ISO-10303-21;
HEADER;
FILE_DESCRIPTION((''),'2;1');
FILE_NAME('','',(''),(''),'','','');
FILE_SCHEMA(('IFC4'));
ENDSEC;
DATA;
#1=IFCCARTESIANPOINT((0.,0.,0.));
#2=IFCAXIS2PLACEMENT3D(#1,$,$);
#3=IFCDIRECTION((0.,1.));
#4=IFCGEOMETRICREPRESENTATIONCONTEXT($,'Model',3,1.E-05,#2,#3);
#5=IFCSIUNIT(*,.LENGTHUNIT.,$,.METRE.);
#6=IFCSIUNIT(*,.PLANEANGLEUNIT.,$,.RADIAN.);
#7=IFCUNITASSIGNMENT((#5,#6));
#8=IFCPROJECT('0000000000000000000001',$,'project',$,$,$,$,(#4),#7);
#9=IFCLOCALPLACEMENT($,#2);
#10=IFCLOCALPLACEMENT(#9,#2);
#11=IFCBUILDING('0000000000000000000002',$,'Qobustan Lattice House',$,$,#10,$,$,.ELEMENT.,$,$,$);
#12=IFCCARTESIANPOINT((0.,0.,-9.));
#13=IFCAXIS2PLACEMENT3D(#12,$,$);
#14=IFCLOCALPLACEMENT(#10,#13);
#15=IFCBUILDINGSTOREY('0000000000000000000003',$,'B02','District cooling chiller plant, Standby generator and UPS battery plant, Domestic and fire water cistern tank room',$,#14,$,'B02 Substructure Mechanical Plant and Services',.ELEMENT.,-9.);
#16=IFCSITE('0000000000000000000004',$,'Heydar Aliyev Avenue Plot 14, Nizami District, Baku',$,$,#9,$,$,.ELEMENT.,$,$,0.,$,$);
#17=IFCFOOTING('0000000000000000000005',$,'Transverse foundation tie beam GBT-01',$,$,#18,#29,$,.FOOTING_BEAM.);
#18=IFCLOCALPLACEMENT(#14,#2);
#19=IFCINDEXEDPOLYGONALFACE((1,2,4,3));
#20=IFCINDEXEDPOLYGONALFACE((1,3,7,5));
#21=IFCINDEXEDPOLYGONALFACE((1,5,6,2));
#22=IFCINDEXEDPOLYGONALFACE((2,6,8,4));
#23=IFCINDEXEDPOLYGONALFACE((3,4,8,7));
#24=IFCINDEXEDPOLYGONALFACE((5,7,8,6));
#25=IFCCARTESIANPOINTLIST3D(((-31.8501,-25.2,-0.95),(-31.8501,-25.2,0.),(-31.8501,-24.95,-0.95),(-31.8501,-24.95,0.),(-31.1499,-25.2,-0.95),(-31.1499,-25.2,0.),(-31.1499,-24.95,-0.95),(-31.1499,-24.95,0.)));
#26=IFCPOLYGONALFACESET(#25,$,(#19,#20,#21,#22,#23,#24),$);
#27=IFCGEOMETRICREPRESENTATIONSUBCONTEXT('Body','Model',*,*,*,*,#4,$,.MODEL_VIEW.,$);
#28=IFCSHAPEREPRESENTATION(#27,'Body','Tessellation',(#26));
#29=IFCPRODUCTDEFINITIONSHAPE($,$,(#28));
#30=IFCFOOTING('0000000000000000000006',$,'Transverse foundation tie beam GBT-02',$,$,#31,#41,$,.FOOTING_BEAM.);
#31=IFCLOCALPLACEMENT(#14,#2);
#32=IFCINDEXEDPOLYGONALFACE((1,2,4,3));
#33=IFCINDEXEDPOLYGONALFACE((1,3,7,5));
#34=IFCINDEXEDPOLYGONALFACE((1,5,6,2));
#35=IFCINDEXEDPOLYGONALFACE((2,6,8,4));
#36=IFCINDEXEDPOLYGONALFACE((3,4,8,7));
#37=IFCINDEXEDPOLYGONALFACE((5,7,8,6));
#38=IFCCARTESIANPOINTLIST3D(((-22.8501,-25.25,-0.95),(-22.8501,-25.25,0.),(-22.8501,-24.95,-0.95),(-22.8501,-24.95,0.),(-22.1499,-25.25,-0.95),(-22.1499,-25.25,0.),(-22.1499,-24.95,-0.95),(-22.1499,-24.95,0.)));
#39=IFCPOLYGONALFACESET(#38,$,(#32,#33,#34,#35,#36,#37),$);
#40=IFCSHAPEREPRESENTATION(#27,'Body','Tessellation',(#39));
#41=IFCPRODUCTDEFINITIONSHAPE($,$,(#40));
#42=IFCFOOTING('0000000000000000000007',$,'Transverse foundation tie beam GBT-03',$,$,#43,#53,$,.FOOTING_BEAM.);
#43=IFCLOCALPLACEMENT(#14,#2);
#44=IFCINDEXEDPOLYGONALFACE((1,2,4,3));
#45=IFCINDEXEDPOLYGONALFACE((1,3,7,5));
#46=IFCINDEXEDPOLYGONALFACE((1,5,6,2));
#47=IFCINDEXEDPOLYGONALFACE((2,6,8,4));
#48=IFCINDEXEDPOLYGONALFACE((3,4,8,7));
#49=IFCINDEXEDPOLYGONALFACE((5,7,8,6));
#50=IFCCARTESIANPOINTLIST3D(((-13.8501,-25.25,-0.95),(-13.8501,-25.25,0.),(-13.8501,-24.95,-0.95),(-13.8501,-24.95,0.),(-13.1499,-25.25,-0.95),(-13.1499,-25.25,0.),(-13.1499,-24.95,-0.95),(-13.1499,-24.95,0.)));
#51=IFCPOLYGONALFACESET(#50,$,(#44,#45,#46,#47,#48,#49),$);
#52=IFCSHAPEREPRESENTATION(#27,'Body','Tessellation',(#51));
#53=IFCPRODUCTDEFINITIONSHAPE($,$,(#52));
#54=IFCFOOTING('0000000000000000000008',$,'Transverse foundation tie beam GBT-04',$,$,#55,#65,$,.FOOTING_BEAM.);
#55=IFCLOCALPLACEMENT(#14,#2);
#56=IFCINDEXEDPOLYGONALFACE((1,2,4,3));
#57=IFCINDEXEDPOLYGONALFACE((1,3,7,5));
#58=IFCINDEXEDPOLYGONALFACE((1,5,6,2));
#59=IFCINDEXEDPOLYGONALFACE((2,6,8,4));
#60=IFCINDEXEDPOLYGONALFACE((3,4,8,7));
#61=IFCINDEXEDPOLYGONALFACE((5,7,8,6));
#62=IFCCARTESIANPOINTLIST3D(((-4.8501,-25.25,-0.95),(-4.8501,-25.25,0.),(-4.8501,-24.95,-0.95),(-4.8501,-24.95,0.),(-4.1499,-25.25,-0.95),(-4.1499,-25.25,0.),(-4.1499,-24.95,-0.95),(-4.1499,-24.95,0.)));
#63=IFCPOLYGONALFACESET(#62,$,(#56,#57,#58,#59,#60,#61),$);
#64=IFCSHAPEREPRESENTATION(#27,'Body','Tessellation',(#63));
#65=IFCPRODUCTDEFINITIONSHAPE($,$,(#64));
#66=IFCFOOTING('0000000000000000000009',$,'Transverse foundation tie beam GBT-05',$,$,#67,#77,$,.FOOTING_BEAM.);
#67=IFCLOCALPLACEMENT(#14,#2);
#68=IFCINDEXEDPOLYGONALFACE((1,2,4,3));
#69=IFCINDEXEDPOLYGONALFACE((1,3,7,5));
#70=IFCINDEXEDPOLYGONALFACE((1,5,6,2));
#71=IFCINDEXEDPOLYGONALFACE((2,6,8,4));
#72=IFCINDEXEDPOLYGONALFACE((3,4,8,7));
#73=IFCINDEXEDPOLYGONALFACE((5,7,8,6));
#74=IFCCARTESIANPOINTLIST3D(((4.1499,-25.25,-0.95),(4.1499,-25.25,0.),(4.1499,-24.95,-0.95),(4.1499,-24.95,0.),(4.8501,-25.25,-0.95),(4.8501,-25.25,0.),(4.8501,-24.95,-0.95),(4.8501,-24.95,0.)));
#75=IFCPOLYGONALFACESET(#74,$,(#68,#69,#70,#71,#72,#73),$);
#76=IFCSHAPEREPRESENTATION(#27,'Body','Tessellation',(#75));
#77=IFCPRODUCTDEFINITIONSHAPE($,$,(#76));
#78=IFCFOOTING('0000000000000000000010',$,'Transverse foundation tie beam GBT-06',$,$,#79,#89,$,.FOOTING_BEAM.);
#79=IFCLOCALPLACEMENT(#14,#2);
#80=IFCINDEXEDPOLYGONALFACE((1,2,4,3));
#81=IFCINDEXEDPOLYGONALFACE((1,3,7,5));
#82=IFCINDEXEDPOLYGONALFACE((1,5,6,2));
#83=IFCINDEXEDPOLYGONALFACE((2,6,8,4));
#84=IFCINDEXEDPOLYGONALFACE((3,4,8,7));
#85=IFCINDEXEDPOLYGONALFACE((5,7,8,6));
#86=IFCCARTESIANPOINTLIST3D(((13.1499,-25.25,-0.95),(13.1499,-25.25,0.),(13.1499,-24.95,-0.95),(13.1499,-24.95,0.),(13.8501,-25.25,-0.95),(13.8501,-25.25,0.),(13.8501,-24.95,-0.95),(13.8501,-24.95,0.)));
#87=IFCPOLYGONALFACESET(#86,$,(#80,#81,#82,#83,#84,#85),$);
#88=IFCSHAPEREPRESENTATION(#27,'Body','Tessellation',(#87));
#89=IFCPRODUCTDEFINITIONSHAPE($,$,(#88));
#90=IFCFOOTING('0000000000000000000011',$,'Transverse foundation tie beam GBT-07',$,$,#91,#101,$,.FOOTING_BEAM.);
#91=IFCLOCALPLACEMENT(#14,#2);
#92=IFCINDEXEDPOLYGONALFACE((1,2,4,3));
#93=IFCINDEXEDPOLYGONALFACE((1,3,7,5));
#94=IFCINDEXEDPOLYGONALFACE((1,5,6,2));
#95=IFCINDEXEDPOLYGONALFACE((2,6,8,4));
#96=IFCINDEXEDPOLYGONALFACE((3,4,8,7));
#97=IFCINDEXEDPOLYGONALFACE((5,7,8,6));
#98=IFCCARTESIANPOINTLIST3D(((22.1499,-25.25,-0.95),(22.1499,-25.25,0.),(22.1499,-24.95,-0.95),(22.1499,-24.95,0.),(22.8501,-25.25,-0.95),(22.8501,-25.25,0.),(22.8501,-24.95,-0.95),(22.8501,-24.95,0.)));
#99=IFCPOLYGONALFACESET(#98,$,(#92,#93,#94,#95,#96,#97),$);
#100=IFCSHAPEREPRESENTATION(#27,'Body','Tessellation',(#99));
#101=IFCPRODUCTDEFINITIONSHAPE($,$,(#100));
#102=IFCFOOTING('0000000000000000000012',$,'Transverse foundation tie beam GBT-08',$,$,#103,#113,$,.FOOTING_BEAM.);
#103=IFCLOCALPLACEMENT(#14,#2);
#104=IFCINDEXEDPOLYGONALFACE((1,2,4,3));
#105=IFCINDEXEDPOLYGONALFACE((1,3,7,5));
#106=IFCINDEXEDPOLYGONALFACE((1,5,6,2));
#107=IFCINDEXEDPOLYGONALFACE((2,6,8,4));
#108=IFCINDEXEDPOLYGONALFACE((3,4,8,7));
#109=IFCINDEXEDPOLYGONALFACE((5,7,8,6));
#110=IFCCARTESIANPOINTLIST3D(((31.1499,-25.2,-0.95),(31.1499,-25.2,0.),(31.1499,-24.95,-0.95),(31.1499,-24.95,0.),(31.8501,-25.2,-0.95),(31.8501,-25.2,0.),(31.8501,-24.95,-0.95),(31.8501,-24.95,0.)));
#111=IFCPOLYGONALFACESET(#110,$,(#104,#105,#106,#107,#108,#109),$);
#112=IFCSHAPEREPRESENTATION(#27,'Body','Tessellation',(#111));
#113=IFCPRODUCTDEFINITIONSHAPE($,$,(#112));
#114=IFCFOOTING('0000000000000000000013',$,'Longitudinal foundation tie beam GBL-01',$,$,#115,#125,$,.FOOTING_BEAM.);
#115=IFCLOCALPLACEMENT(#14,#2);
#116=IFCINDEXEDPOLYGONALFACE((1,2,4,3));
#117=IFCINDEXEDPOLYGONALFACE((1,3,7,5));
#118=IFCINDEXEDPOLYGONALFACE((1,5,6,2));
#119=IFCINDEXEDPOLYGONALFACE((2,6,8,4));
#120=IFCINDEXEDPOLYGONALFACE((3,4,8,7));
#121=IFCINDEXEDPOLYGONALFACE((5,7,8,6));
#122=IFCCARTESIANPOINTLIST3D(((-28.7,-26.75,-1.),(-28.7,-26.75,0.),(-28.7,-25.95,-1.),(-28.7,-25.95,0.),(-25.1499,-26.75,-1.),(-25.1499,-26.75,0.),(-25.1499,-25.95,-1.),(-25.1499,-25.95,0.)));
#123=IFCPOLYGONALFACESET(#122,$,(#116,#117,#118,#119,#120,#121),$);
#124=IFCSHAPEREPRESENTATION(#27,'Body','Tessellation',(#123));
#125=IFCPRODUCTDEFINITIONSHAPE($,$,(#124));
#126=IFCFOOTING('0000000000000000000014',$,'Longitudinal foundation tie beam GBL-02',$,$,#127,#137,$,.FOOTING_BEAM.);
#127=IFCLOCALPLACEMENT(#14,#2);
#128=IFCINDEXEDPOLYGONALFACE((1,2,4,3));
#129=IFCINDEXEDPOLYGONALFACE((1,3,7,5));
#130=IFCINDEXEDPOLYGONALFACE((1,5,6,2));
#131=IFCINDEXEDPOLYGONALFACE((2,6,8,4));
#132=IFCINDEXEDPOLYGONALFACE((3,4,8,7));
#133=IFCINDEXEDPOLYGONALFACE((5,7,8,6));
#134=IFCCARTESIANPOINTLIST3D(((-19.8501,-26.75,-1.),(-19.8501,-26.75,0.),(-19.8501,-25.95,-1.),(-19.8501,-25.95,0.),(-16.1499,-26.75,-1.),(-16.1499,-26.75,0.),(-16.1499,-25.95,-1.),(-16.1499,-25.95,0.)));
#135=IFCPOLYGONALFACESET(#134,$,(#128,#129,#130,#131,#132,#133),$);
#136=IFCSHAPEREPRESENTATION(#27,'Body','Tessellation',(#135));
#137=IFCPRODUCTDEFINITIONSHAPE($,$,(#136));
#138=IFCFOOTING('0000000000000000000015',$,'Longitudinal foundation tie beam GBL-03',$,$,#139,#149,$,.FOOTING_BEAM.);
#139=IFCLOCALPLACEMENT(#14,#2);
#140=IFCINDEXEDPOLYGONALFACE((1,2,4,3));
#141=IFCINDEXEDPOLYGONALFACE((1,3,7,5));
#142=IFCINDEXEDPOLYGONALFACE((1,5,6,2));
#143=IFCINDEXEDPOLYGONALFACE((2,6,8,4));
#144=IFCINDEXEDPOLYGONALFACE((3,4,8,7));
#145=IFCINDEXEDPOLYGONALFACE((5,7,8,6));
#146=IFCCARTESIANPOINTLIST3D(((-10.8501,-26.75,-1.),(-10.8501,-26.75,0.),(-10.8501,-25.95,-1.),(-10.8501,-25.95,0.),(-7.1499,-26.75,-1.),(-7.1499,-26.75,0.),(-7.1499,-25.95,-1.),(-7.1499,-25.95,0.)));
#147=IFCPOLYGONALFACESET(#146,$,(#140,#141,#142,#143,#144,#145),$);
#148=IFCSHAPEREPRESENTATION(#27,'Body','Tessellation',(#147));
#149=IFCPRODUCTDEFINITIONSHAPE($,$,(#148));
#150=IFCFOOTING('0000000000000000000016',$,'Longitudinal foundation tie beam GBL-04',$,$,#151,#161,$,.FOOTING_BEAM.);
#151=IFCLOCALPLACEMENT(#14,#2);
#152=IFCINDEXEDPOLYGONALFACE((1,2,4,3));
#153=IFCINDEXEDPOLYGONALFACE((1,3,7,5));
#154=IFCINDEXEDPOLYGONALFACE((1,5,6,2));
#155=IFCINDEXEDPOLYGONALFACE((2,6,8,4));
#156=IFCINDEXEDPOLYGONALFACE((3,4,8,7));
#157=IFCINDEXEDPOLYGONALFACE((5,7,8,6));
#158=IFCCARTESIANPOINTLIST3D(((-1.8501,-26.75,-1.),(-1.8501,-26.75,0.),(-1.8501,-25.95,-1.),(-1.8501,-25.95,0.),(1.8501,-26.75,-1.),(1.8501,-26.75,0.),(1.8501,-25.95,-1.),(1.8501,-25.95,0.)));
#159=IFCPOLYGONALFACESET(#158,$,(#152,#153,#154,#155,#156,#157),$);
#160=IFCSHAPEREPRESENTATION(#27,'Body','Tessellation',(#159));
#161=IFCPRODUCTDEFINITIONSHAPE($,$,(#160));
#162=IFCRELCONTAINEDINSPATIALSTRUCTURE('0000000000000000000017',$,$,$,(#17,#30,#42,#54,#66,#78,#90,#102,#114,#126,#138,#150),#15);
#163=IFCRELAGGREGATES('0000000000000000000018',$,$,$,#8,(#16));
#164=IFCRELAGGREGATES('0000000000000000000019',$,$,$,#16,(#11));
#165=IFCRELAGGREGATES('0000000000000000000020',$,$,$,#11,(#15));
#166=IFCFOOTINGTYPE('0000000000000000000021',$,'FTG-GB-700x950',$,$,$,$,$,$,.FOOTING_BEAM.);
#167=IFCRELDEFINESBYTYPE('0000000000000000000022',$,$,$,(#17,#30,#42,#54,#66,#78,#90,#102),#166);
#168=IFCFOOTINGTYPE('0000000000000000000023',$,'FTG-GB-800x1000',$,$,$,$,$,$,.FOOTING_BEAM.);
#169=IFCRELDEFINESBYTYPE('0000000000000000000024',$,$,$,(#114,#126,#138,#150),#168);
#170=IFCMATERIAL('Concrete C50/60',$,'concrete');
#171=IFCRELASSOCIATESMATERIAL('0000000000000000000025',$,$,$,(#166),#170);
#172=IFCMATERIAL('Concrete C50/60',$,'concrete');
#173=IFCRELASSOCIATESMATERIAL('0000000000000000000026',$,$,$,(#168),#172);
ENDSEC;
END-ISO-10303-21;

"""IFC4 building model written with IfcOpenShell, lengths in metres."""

from ifc_helpers import new_model, si_unit, direction, frame, origin, place, context, subcontext, project, spatial, polyline, outline, extrude, material, type_object, element, save


model = new_model("IFC4")

# Units and contexts
model_context = context("Model", 3, precision=1e-05, world=origin(), true_north=direction((0.0, 1.0)))
body_context = subcontext(model_context, "Body", "Model", "MODEL_VIEW")
ifc_project = project(units=[si_unit("LENGTHUNIT", "METRE"), si_unit("PLANEANGLEUNIT", "RADIAN")], contexts=[model_context])

# Site, building, storey
site_placement = place(None, origin())
site = spatial("IfcSite", under=ifc_project, at=site_placement, Name="Heydar Aliyev Avenue Plot 14, Nizami District, Baku", CompositionType="ELEMENT", RefElevation=0.0)
building_placement = place(site_placement, origin())
building = spatial("IfcBuilding", under=site, at=building_placement, Name="Qobustan Lattice House", CompositionType="ELEMENT")
storey_placement = place(building_placement, frame((0.0, 0.0, -9.0)))
storey = spatial("IfcBuildingStorey", under=building, at=storey_placement, Name="B02", Description="District cooling chiller plant, Standby generator and UPS battery plant, Domestic and fire water cistern tank room", LongName="B02 Substructure Mechanical Plant and Services", CompositionType="ELEMENT", Elevation=-9.0)

# Footings
ifc_material_1 = material(Name="Concrete C50/60", Category="concrete")
footing_type_1 = type_object("IfcFootingType", Name="FTG-GB-700x950", PredefinedType="FOOTING_BEAM", material=ifc_material_1)
footing_1_placement = place(storey_placement, frame((0.0, 0.0, -0.95)))
element("IfcFooting", 1, at=footing_1_placement, inside=storey, type_object=footing_type_1, Name="Transverse foundation tie beam GBT-01", PredefinedType="FOOTING_BEAM", context=body_context, shape_type="SweptSolid", body=[
    extrude(outline(polyline([(-31.8501, -25.2), (-31.1499, -25.2), (-31.1499, -24.95), (-31.8501, -24.95), (-31.8501, -25.2)])), origin(), (0.0, 0.0, 1.0), 0.95),
])
footing_2_placement = place(storey_placement, frame((0.0, 0.0, -0.95)))
element("IfcFooting", 2, at=footing_2_placement, inside=storey, type_object=footing_type_1, Name="Transverse foundation tie beam GBT-02", PredefinedType="FOOTING_BEAM", context=body_context, shape_type="SweptSolid", body=[
    extrude(outline(polyline([(-22.8501, -25.25), (-22.1499, -25.25), (-22.1499, -24.95), (-22.8501, -24.95), (-22.8501, -25.25)])), origin(), (0.0, 0.0, 1.0), 0.95),
])
footing_3_placement = place(storey_placement, frame((0.0, 0.0, -0.95)))
element("IfcFooting", 3, at=footing_3_placement, inside=storey, type_object=footing_type_1, Name="Transverse foundation tie beam GBT-03", PredefinedType="FOOTING_BEAM", context=body_context, shape_type="SweptSolid", body=[
    extrude(outline(polyline([(-13.8501, -25.25), (-13.1499, -25.25), (-13.1499, -24.95), (-13.8501, -24.95), (-13.8501, -25.25)])), origin(), (0.0, 0.0, 1.0), 0.95),
])
footing_4_placement = place(storey_placement, frame((0.0, 0.0, -0.95)))
element("IfcFooting", 4, at=footing_4_placement, inside=storey, type_object=footing_type_1, Name="Transverse foundation tie beam GBT-04", PredefinedType="FOOTING_BEAM", context=body_context, shape_type="SweptSolid", body=[
    extrude(outline(polyline([(-4.8501, -25.25), (-4.1499, -25.25), (-4.1499, -24.95), (-4.8501, -24.95), (-4.8501, -25.25)])), origin(), (0.0, 0.0, 1.0), 0.95),
])
footing_5_placement = place(storey_placement, frame((0.0, 0.0, -0.95)))
element("IfcFooting", 5, at=footing_5_placement, inside=storey, type_object=footing_type_1, Name="Transverse foundation tie beam GBT-05", PredefinedType="FOOTING_BEAM", context=body_context, shape_type="SweptSolid", body=[
    extrude(outline(polyline([(4.1499, -25.25), (4.8501, -25.25), (4.8501, -24.95), (4.1499, -24.95), (4.1499, -25.25)])), origin(), (0.0, 0.0, 1.0), 0.95),
])
footing_6_placement = place(storey_placement, frame((0.0, 0.0, -0.95)))
element("IfcFooting", 6, at=footing_6_placement, inside=storey, type_object=footing_type_1, Name="Transverse foundation tie beam GBT-06", PredefinedType="FOOTING_BEAM", context=body_context, shape_type="SweptSolid", body=[
    extrude(outline(polyline([(13.1499, -25.25), (13.8501, -25.25), (13.8501, -24.95), (13.1499, -24.95), (13.1499, -25.25)])), origin(), (0.0, 0.0, 1.0), 0.95),
])
footing_7_placement = place(storey_placement, frame((0.0, 0.0, -0.95)))
element("IfcFooting", 7, at=footing_7_placement, inside=storey, type_object=footing_type_1, Name="Transverse foundation tie beam GBT-07", PredefinedType="FOOTING_BEAM", context=body_context, shape_type="SweptSolid", body=[
    extrude(outline(polyline([(22.1499, -25.25), (22.8501, -25.25), (22.8501, -24.95), (22.1499, -24.95), (22.1499, -25.25)])), origin(), (0.0, 0.0, 1.0), 0.95),
])
footing_8_placement = place(storey_placement, frame((0.0, 0.0, -0.95)))
element("IfcFooting", 8, at=footing_8_placement, inside=storey, type_object=footing_type_1, Name="Transverse foundation tie beam GBT-08", PredefinedType="FOOTING_BEAM", context=body_context, shape_type="SweptSolid", body=[
    extrude(outline(polyline([(31.1499, -25.2), (31.8501, -25.2), (31.8501, -24.95), (31.1499, -24.95), (31.1499, -25.2)])), origin(), (0.0, 0.0, 1.0), 0.95),
])
ifc_material_2 = material(Name="Concrete C50/60", Category="concrete")
footing_type_2 = type_object("IfcFootingType", Name="FTG-GB-800x1000", PredefinedType="FOOTING_BEAM", material=ifc_material_2)
footing_9_placement = place(storey_placement, frame((0.0, 0.0, -1.0)))
element("IfcFooting", 9, at=footing_9_placement, inside=storey, type_object=footing_type_2, Name="Longitudinal foundation tie beam GBL-01", PredefinedType="FOOTING_BEAM", context=body_context, shape_type="SweptSolid", body=[
    extrude(outline(polyline([(-28.7, -26.75), (-25.1499, -26.75), (-25.1499, -25.95), (-28.7, -25.95), (-28.7, -26.75)])), origin(), (0.0, 0.0, 1.0), 1.0),
])
footing_10_placement = place(storey_placement, frame((0.0, 0.0, -1.0)))
element("IfcFooting", 10, at=footing_10_placement, inside=storey, type_object=footing_type_2, Name="Longitudinal foundation tie beam GBL-02", PredefinedType="FOOTING_BEAM", context=body_context, shape_type="SweptSolid", body=[
    extrude(outline(polyline([(-19.8501, -26.75), (-16.1499, -26.75), (-16.1499, -25.95), (-19.8501, -25.95), (-19.8501, -26.75)])), origin(), (0.0, 0.0, 1.0), 1.0),
])
footing_11_placement = place(storey_placement, frame((0.0, 0.0, -1.0)))
element("IfcFooting", 11, at=footing_11_placement, inside=storey, type_object=footing_type_2, Name="Longitudinal foundation tie beam GBL-03", PredefinedType="FOOTING_BEAM", context=body_context, shape_type="SweptSolid", body=[
    extrude(outline(polyline([(-10.8501, -26.75), (-7.1499, -26.75), (-7.1499, -25.95), (-10.8501, -25.95), (-10.8501, -26.75)])), origin(), (0.0, 0.0, 1.0), 1.0),
])
footing_12_placement = place(storey_placement, frame((0.0, 0.0, -1.0)))
element("IfcFooting", 12, at=footing_12_placement, inside=storey, type_object=footing_type_2, Name="Longitudinal foundation tie beam GBL-04", PredefinedType="FOOTING_BEAM", context=body_context, shape_type="SweptSolid", body=[
    extrude(outline(polyline([(-1.8501, -26.75), (1.8501, -26.75), (1.8501, -25.95), (-1.8501, -25.95), (-1.8501, -26.75)])), origin(), (0.0, 0.0, 1.0), 1.0),
])

save(model, "model.ifc")
